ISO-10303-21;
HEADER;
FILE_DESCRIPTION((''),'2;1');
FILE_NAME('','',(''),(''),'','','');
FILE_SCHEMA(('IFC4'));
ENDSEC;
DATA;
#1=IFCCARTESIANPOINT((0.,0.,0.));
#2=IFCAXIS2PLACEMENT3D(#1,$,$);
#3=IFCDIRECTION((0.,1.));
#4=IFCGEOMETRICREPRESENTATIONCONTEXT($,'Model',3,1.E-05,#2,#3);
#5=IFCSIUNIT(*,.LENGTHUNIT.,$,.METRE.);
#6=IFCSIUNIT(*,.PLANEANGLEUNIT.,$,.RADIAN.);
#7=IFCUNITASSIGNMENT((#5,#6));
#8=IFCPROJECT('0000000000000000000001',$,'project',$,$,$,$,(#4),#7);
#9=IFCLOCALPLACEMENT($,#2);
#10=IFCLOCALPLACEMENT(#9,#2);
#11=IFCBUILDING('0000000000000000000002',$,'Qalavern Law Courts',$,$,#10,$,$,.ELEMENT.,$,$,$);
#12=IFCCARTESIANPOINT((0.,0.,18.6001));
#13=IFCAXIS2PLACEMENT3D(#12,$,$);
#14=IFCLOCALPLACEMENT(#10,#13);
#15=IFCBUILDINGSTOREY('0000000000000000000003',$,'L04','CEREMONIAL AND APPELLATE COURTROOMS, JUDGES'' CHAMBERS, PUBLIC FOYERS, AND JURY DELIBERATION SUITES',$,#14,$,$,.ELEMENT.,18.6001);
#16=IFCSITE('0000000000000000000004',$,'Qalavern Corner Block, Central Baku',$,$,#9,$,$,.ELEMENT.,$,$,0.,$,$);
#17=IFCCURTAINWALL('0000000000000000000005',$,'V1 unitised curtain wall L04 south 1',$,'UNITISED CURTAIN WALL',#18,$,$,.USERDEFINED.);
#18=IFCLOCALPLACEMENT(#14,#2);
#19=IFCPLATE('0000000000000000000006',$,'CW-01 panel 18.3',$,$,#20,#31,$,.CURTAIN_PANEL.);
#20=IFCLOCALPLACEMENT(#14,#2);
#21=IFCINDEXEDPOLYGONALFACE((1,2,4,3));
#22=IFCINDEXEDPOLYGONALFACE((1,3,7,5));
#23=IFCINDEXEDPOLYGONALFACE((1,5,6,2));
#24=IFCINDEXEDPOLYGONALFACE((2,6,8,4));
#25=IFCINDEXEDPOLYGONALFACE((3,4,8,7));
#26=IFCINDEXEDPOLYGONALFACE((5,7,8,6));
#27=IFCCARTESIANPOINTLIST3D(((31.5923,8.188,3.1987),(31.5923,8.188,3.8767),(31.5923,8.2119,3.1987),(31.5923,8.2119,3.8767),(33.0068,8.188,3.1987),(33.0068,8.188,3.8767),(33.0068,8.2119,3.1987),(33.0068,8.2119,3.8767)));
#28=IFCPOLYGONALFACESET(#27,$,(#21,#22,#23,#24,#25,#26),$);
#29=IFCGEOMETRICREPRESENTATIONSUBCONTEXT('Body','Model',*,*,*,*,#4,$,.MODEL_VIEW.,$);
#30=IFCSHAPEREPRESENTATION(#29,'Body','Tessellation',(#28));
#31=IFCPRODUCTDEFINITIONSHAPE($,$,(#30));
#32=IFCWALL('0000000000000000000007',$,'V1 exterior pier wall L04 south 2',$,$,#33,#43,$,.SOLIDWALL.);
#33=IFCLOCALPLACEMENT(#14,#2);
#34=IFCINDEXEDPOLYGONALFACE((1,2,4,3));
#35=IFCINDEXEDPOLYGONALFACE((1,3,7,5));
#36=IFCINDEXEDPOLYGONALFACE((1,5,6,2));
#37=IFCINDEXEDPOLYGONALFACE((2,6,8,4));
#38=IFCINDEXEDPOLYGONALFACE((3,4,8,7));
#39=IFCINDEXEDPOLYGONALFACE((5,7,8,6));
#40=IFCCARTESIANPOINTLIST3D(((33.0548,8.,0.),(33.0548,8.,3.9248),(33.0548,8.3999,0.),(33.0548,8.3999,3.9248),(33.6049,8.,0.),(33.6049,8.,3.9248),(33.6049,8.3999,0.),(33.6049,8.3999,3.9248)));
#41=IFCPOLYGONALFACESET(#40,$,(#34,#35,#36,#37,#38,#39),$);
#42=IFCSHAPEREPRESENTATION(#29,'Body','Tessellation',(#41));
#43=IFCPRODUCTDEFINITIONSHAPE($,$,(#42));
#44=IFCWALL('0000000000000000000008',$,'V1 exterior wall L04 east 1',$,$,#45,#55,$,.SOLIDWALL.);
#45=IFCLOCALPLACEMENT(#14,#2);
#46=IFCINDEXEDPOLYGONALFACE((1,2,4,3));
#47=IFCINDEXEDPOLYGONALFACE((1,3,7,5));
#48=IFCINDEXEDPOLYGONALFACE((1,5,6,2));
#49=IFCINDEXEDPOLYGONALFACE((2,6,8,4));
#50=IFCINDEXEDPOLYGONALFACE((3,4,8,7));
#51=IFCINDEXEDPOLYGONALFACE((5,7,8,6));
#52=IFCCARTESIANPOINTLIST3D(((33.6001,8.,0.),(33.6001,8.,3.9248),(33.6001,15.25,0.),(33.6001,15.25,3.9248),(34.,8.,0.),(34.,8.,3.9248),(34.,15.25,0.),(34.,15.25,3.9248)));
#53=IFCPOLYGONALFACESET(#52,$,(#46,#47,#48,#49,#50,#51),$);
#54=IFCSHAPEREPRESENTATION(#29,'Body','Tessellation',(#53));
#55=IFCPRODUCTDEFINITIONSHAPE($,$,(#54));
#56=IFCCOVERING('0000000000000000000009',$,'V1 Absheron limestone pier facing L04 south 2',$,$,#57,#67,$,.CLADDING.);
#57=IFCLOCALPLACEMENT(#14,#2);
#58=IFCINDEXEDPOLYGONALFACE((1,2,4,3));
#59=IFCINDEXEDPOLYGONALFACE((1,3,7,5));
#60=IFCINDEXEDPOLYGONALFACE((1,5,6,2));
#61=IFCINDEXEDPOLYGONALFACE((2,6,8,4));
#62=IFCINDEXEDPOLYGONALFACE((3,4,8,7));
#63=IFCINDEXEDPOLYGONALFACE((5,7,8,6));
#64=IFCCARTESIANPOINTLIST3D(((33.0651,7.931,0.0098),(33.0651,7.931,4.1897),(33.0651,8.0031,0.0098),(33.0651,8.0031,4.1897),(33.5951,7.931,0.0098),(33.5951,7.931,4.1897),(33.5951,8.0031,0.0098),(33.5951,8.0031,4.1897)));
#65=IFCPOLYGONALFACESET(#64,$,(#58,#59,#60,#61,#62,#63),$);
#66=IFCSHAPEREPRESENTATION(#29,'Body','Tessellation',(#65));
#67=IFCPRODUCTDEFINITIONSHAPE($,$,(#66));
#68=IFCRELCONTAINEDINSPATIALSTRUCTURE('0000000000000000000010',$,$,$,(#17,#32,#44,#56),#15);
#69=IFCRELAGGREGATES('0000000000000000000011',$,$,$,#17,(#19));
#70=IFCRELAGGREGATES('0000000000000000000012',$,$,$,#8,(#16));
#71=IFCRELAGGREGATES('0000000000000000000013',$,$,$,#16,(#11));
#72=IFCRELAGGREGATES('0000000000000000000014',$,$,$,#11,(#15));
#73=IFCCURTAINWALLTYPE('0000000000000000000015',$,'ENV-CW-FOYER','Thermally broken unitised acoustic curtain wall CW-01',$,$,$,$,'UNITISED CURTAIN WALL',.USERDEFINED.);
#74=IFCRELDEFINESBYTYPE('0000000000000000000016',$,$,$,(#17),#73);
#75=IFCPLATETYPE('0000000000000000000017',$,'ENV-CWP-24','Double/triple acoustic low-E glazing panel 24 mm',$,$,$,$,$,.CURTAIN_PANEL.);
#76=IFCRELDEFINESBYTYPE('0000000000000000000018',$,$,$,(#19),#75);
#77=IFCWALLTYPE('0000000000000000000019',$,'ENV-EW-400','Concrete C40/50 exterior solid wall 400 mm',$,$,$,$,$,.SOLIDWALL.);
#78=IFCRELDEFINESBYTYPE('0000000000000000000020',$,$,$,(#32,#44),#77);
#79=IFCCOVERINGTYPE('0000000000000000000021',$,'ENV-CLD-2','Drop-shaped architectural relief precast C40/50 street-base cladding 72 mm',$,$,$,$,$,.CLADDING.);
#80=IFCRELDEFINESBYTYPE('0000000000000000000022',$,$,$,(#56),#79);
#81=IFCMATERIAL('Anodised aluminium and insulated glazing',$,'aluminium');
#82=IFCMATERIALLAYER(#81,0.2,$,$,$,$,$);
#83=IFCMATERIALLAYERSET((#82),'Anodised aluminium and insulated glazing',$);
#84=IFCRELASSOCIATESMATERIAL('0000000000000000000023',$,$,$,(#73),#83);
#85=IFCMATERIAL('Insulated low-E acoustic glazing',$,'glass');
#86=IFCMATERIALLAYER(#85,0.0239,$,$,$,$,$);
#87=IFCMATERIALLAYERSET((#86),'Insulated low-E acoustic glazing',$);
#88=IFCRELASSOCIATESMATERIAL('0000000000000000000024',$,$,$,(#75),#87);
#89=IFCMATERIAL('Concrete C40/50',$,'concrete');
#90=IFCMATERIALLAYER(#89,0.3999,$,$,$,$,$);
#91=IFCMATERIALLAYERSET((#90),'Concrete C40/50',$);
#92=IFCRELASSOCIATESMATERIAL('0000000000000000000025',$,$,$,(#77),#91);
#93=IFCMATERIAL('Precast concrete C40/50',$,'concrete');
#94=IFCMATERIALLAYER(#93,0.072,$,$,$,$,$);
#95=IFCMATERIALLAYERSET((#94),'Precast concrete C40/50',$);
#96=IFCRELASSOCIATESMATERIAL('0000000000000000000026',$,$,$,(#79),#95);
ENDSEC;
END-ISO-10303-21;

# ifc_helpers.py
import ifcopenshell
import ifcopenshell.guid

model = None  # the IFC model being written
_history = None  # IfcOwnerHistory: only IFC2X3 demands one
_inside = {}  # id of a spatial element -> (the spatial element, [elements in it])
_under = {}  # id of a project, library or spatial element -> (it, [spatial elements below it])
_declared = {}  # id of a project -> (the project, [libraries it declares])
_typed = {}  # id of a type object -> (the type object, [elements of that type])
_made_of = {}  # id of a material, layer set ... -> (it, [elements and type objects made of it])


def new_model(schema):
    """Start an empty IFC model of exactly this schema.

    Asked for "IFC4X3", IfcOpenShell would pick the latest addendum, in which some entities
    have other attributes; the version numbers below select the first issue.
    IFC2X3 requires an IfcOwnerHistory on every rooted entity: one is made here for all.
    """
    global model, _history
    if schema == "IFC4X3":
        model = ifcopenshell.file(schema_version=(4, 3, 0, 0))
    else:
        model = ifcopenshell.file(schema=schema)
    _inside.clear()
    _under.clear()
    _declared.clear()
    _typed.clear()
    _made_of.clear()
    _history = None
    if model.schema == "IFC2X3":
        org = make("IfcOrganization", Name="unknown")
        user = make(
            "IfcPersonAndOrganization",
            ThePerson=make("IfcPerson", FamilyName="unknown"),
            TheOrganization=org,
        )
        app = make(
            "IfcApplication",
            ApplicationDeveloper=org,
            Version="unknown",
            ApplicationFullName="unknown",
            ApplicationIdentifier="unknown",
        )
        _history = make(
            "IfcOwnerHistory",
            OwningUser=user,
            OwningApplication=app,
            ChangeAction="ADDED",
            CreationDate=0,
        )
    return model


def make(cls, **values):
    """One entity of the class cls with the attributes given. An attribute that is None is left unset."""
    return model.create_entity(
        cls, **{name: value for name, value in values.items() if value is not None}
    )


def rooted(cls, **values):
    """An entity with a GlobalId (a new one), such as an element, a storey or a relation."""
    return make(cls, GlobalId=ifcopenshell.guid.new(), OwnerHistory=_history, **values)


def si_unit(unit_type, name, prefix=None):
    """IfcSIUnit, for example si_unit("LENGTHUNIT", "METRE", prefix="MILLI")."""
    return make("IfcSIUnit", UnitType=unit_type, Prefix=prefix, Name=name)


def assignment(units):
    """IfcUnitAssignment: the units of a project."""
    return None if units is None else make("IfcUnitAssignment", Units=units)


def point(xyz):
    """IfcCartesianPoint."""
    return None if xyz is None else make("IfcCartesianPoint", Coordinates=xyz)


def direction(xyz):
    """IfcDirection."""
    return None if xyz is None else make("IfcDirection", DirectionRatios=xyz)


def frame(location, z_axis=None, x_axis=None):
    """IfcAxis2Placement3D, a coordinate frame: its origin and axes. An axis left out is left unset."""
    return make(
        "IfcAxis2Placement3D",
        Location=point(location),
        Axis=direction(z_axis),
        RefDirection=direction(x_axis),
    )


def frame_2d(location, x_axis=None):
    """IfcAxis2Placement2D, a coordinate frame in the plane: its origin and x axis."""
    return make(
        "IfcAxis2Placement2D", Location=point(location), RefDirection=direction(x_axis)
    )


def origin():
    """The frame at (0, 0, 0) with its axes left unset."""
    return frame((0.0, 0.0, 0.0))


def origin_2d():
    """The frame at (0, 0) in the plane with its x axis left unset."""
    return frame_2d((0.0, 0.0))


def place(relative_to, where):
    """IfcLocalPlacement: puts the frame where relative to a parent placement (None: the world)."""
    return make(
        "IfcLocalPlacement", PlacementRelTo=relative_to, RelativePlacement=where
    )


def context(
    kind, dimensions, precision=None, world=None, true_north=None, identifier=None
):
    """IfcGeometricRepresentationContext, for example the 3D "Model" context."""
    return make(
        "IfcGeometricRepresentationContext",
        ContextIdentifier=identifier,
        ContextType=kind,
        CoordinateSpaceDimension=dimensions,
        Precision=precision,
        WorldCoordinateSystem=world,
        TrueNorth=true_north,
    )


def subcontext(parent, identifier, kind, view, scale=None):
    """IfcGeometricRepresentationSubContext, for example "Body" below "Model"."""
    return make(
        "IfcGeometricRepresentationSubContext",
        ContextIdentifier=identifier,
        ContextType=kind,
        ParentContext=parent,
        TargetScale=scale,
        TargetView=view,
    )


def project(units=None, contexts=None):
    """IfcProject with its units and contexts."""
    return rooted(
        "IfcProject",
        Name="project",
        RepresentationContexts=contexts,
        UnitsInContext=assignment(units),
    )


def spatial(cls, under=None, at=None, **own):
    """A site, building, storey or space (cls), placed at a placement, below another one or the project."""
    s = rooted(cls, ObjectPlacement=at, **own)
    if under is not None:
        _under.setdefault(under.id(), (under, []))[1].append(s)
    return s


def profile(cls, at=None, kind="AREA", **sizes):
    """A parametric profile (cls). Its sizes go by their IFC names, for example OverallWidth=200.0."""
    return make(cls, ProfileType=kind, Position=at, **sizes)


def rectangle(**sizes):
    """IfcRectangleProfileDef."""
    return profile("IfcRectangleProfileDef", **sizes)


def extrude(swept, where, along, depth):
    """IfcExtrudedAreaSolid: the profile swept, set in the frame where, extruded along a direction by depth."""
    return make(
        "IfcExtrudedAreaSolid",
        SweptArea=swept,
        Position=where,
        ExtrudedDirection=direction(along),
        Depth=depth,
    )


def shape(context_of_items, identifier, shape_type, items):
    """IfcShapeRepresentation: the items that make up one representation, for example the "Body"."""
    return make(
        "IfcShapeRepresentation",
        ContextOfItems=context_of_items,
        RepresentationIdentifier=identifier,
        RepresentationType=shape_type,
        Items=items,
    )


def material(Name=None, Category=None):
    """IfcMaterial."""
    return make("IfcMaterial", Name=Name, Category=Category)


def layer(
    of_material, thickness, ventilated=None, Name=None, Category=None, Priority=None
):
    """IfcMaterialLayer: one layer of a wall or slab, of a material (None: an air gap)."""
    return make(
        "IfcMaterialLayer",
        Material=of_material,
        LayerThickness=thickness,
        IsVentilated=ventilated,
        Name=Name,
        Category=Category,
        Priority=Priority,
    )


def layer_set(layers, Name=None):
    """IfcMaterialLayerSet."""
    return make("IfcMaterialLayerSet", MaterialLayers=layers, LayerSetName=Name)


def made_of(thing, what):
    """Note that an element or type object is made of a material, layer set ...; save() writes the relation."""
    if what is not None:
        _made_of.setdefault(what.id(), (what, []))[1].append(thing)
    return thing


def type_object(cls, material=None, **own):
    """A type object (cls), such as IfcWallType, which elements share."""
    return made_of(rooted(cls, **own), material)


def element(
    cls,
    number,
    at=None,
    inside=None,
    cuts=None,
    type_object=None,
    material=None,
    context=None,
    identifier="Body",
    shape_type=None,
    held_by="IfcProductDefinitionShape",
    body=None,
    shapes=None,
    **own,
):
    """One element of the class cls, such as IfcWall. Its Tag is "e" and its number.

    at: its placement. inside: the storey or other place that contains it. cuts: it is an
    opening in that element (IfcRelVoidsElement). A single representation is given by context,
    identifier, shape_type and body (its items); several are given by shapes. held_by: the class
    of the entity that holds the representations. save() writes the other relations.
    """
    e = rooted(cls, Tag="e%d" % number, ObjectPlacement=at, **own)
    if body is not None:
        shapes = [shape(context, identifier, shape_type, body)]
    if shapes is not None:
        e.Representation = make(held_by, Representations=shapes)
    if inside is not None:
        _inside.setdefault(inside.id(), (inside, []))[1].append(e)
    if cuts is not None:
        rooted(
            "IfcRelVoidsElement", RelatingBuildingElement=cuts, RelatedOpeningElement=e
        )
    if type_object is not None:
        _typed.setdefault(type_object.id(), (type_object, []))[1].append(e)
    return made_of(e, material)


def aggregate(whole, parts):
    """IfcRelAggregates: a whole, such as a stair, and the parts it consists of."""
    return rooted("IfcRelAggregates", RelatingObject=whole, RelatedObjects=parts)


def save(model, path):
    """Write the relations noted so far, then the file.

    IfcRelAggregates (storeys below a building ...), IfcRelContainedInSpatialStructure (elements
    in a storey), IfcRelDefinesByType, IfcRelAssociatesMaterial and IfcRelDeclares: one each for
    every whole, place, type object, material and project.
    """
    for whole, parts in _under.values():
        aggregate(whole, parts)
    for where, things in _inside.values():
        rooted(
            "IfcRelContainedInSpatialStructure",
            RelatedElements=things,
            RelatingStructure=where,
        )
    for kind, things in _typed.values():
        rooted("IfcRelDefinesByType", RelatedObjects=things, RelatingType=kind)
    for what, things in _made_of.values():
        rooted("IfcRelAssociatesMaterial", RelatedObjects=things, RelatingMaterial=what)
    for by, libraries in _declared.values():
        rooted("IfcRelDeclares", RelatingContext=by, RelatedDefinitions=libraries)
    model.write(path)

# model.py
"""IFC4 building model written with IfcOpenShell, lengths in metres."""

from ifc_helpers import new_model, si_unit, direction, frame, frame_2d, origin, origin_2d, place, context, subcontext, project, spatial, rectangle, extrude, material, layer, layer_set, type_object, element, aggregate, save


model = new_model("IFC4")

# Units and contexts
model_context = context("Model", 3, precision=1e-05, world=origin(), true_north=direction((0.0, 1.0)))
body_context = subcontext(model_context, "Body", "Model", "MODEL_VIEW")
ifc_project = project(units=[si_unit("LENGTHUNIT", "METRE"), si_unit("PLANEANGLEUNIT", "RADIAN")], contexts=[model_context])

# Site, building, storey
site_placement = place(None, origin())
site = spatial("IfcSite", under=ifc_project, at=site_placement, Name="Qalavern Corner Block, Central Baku", CompositionType="ELEMENT", RefElevation=0.0)
building_placement = place(site_placement, origin())
building = spatial("IfcBuilding", under=site, at=building_placement, Name="Qalavern Law Courts", CompositionType="ELEMENT")
storey_placement = place(building_placement, frame((0.0, 0.0, 18.6001)))
storey = spatial("IfcBuildingStorey", under=building, at=storey_placement, Name="L04", Description="CEREMONIAL AND APPELLATE COURTROOMS, JUDGES' CHAMBERS, PUBLIC FOYERS, AND JURY DELIBERATION SUITES", CompositionType="ELEMENT", Elevation=18.6001)

# Curtain wall
ifc_material_1 = material(Name="Anodised aluminium and insulated glazing", Category="aluminium")
ifc_layer_1 = layer(ifc_material_1, 0.2)
ifc_layer_set_1 = layer_set([ifc_layer_1], Name="Anodised aluminium and insulated glazing")
curtain_wall_type = type_object("IfcCurtainWallType", Name="ENV-CW-FOYER", Description="Thermally broken unitised acoustic curtain wall CW-01", ElementType="UNITISED CURTAIN WALL", PredefinedType="USERDEFINED", material=ifc_layer_set_1)
curtain_wall_placement = place(storey_placement, origin())
curtain_wall = element("IfcCurtainWall", 1, at=curtain_wall_placement, inside=storey, type_object=curtain_wall_type, Name="V1 unitised curtain wall L04 south 1", ObjectType="UNITISED CURTAIN WALL", PredefinedType="USERDEFINED")

# Plate
ifc_material_2 = material(Name="Insulated low-E acoustic glazing", Category="glass")
ifc_layer_2 = layer(ifc_material_2, 0.0239)
ifc_layer_set_2 = layer_set([ifc_layer_2], Name="Insulated low-E acoustic glazing")
plate_type = type_object("IfcPlateType", Name="ENV-CWP-24", Description="Double/triple acoustic low-E glazing panel 24 mm", PredefinedType="CURTAIN_PANEL", material=ifc_layer_set_2)
plate_1_placement = place(storey_placement, frame((32.2996, 8.2, 3.1987), z_axis=(0.0, 0.0, 1.0), x_axis=(1.0, 0.0, 0.0)))
plate_1 = element("IfcPlate", 2, at=plate_1_placement, type_object=plate_type, Name="CW-01 panel 18.3", PredefinedType="CURTAIN_PANEL", context=body_context, shape_type="SweptSolid", body=[
    extrude(rectangle(XDim=1.4146, YDim=0.0239, at=origin_2d()), origin(), (0.0, 0.0, 1.0), 0.678),
])
aggregate(curtain_wall, [plate_1])

# Walls
ifc_material_3 = material(Name="Concrete C40/50", Category="concrete")
ifc_layer_3 = layer(ifc_material_3, 0.3999)
ifc_layer_set_3 = layer_set([ifc_layer_3], Name="Concrete C40/50")
wall_type = type_object("IfcWallType", Name="ENV-EW-400", Description="Concrete C40/50 exterior solid wall 400 mm", PredefinedType="SOLIDWALL", material=ifc_layer_set_3)
wall_1_placement = place(storey_placement, frame((33.0549, 8.2, 0.0), z_axis=(0.0, 0.0, 1.0), x_axis=(1.0, 0.0, 0.0)))
element("IfcWall", 3, at=wall_1_placement, inside=storey, type_object=wall_type, Name="V1 exterior pier wall L04 south 2", PredefinedType="SOLIDWALL", context=body_context, shape_type="SweptSolid", body=[
    extrude(rectangle(XDim=0.55, YDim=0.3999, at=frame_2d((0.2749, 0.0))), origin(), (0.0, 0.0, 1.0), 3.9248),
])
wall_2_placement = place(storey_placement, frame((33.8, 8.0, 0.0), z_axis=(0.0, 0.0, 1.0), x_axis=(0.0, 1.0, 0.0)))
element("IfcWall", 4, at=wall_2_placement, inside=storey, type_object=wall_type, Name="V1 exterior wall L04 east 1", PredefinedType="SOLIDWALL", context=body_context, shape_type="SweptSolid", body=[
    extrude(rectangle(XDim=7.25, YDim=0.3999, at=frame_2d((3.625, 0.0))), origin(), (0.0, 0.0, 1.0), 3.9248),
])

# Covering
ifc_material_4 = material(Name="Precast concrete C40/50", Category="concrete")
ifc_layer_4 = layer(ifc_material_4, 0.072)
ifc_layer_set_4 = layer_set([ifc_layer_4], Name="Precast concrete C40/50")
covering_type = type_object("IfcCoveringType", Name="ENV-CLD-2", Description="Drop-shaped architectural relief precast C40/50 street-base cladding 72 mm", PredefinedType="CLADDING", material=ifc_layer_set_4)
covering_placement = place(storey_placement, frame((33.3301, 7.967, 0.0098), z_axis=(0.0, 0.0, 1.0), x_axis=(1.0, 0.0, 0.0)))
element("IfcCovering", 5, at=covering_placement, inside=storey, type_object=covering_type, Name="V1 Absheron limestone pier facing L04 south 2", PredefinedType="CLADDING", context=body_context, shape_type="SweptSolid", body=[
    extrude(rectangle(XDim=0.53, YDim=0.072, at=origin_2d()), origin(), (0.0, 0.0, 1.0), 4.1799),
])

save(model, "model.ifc")
